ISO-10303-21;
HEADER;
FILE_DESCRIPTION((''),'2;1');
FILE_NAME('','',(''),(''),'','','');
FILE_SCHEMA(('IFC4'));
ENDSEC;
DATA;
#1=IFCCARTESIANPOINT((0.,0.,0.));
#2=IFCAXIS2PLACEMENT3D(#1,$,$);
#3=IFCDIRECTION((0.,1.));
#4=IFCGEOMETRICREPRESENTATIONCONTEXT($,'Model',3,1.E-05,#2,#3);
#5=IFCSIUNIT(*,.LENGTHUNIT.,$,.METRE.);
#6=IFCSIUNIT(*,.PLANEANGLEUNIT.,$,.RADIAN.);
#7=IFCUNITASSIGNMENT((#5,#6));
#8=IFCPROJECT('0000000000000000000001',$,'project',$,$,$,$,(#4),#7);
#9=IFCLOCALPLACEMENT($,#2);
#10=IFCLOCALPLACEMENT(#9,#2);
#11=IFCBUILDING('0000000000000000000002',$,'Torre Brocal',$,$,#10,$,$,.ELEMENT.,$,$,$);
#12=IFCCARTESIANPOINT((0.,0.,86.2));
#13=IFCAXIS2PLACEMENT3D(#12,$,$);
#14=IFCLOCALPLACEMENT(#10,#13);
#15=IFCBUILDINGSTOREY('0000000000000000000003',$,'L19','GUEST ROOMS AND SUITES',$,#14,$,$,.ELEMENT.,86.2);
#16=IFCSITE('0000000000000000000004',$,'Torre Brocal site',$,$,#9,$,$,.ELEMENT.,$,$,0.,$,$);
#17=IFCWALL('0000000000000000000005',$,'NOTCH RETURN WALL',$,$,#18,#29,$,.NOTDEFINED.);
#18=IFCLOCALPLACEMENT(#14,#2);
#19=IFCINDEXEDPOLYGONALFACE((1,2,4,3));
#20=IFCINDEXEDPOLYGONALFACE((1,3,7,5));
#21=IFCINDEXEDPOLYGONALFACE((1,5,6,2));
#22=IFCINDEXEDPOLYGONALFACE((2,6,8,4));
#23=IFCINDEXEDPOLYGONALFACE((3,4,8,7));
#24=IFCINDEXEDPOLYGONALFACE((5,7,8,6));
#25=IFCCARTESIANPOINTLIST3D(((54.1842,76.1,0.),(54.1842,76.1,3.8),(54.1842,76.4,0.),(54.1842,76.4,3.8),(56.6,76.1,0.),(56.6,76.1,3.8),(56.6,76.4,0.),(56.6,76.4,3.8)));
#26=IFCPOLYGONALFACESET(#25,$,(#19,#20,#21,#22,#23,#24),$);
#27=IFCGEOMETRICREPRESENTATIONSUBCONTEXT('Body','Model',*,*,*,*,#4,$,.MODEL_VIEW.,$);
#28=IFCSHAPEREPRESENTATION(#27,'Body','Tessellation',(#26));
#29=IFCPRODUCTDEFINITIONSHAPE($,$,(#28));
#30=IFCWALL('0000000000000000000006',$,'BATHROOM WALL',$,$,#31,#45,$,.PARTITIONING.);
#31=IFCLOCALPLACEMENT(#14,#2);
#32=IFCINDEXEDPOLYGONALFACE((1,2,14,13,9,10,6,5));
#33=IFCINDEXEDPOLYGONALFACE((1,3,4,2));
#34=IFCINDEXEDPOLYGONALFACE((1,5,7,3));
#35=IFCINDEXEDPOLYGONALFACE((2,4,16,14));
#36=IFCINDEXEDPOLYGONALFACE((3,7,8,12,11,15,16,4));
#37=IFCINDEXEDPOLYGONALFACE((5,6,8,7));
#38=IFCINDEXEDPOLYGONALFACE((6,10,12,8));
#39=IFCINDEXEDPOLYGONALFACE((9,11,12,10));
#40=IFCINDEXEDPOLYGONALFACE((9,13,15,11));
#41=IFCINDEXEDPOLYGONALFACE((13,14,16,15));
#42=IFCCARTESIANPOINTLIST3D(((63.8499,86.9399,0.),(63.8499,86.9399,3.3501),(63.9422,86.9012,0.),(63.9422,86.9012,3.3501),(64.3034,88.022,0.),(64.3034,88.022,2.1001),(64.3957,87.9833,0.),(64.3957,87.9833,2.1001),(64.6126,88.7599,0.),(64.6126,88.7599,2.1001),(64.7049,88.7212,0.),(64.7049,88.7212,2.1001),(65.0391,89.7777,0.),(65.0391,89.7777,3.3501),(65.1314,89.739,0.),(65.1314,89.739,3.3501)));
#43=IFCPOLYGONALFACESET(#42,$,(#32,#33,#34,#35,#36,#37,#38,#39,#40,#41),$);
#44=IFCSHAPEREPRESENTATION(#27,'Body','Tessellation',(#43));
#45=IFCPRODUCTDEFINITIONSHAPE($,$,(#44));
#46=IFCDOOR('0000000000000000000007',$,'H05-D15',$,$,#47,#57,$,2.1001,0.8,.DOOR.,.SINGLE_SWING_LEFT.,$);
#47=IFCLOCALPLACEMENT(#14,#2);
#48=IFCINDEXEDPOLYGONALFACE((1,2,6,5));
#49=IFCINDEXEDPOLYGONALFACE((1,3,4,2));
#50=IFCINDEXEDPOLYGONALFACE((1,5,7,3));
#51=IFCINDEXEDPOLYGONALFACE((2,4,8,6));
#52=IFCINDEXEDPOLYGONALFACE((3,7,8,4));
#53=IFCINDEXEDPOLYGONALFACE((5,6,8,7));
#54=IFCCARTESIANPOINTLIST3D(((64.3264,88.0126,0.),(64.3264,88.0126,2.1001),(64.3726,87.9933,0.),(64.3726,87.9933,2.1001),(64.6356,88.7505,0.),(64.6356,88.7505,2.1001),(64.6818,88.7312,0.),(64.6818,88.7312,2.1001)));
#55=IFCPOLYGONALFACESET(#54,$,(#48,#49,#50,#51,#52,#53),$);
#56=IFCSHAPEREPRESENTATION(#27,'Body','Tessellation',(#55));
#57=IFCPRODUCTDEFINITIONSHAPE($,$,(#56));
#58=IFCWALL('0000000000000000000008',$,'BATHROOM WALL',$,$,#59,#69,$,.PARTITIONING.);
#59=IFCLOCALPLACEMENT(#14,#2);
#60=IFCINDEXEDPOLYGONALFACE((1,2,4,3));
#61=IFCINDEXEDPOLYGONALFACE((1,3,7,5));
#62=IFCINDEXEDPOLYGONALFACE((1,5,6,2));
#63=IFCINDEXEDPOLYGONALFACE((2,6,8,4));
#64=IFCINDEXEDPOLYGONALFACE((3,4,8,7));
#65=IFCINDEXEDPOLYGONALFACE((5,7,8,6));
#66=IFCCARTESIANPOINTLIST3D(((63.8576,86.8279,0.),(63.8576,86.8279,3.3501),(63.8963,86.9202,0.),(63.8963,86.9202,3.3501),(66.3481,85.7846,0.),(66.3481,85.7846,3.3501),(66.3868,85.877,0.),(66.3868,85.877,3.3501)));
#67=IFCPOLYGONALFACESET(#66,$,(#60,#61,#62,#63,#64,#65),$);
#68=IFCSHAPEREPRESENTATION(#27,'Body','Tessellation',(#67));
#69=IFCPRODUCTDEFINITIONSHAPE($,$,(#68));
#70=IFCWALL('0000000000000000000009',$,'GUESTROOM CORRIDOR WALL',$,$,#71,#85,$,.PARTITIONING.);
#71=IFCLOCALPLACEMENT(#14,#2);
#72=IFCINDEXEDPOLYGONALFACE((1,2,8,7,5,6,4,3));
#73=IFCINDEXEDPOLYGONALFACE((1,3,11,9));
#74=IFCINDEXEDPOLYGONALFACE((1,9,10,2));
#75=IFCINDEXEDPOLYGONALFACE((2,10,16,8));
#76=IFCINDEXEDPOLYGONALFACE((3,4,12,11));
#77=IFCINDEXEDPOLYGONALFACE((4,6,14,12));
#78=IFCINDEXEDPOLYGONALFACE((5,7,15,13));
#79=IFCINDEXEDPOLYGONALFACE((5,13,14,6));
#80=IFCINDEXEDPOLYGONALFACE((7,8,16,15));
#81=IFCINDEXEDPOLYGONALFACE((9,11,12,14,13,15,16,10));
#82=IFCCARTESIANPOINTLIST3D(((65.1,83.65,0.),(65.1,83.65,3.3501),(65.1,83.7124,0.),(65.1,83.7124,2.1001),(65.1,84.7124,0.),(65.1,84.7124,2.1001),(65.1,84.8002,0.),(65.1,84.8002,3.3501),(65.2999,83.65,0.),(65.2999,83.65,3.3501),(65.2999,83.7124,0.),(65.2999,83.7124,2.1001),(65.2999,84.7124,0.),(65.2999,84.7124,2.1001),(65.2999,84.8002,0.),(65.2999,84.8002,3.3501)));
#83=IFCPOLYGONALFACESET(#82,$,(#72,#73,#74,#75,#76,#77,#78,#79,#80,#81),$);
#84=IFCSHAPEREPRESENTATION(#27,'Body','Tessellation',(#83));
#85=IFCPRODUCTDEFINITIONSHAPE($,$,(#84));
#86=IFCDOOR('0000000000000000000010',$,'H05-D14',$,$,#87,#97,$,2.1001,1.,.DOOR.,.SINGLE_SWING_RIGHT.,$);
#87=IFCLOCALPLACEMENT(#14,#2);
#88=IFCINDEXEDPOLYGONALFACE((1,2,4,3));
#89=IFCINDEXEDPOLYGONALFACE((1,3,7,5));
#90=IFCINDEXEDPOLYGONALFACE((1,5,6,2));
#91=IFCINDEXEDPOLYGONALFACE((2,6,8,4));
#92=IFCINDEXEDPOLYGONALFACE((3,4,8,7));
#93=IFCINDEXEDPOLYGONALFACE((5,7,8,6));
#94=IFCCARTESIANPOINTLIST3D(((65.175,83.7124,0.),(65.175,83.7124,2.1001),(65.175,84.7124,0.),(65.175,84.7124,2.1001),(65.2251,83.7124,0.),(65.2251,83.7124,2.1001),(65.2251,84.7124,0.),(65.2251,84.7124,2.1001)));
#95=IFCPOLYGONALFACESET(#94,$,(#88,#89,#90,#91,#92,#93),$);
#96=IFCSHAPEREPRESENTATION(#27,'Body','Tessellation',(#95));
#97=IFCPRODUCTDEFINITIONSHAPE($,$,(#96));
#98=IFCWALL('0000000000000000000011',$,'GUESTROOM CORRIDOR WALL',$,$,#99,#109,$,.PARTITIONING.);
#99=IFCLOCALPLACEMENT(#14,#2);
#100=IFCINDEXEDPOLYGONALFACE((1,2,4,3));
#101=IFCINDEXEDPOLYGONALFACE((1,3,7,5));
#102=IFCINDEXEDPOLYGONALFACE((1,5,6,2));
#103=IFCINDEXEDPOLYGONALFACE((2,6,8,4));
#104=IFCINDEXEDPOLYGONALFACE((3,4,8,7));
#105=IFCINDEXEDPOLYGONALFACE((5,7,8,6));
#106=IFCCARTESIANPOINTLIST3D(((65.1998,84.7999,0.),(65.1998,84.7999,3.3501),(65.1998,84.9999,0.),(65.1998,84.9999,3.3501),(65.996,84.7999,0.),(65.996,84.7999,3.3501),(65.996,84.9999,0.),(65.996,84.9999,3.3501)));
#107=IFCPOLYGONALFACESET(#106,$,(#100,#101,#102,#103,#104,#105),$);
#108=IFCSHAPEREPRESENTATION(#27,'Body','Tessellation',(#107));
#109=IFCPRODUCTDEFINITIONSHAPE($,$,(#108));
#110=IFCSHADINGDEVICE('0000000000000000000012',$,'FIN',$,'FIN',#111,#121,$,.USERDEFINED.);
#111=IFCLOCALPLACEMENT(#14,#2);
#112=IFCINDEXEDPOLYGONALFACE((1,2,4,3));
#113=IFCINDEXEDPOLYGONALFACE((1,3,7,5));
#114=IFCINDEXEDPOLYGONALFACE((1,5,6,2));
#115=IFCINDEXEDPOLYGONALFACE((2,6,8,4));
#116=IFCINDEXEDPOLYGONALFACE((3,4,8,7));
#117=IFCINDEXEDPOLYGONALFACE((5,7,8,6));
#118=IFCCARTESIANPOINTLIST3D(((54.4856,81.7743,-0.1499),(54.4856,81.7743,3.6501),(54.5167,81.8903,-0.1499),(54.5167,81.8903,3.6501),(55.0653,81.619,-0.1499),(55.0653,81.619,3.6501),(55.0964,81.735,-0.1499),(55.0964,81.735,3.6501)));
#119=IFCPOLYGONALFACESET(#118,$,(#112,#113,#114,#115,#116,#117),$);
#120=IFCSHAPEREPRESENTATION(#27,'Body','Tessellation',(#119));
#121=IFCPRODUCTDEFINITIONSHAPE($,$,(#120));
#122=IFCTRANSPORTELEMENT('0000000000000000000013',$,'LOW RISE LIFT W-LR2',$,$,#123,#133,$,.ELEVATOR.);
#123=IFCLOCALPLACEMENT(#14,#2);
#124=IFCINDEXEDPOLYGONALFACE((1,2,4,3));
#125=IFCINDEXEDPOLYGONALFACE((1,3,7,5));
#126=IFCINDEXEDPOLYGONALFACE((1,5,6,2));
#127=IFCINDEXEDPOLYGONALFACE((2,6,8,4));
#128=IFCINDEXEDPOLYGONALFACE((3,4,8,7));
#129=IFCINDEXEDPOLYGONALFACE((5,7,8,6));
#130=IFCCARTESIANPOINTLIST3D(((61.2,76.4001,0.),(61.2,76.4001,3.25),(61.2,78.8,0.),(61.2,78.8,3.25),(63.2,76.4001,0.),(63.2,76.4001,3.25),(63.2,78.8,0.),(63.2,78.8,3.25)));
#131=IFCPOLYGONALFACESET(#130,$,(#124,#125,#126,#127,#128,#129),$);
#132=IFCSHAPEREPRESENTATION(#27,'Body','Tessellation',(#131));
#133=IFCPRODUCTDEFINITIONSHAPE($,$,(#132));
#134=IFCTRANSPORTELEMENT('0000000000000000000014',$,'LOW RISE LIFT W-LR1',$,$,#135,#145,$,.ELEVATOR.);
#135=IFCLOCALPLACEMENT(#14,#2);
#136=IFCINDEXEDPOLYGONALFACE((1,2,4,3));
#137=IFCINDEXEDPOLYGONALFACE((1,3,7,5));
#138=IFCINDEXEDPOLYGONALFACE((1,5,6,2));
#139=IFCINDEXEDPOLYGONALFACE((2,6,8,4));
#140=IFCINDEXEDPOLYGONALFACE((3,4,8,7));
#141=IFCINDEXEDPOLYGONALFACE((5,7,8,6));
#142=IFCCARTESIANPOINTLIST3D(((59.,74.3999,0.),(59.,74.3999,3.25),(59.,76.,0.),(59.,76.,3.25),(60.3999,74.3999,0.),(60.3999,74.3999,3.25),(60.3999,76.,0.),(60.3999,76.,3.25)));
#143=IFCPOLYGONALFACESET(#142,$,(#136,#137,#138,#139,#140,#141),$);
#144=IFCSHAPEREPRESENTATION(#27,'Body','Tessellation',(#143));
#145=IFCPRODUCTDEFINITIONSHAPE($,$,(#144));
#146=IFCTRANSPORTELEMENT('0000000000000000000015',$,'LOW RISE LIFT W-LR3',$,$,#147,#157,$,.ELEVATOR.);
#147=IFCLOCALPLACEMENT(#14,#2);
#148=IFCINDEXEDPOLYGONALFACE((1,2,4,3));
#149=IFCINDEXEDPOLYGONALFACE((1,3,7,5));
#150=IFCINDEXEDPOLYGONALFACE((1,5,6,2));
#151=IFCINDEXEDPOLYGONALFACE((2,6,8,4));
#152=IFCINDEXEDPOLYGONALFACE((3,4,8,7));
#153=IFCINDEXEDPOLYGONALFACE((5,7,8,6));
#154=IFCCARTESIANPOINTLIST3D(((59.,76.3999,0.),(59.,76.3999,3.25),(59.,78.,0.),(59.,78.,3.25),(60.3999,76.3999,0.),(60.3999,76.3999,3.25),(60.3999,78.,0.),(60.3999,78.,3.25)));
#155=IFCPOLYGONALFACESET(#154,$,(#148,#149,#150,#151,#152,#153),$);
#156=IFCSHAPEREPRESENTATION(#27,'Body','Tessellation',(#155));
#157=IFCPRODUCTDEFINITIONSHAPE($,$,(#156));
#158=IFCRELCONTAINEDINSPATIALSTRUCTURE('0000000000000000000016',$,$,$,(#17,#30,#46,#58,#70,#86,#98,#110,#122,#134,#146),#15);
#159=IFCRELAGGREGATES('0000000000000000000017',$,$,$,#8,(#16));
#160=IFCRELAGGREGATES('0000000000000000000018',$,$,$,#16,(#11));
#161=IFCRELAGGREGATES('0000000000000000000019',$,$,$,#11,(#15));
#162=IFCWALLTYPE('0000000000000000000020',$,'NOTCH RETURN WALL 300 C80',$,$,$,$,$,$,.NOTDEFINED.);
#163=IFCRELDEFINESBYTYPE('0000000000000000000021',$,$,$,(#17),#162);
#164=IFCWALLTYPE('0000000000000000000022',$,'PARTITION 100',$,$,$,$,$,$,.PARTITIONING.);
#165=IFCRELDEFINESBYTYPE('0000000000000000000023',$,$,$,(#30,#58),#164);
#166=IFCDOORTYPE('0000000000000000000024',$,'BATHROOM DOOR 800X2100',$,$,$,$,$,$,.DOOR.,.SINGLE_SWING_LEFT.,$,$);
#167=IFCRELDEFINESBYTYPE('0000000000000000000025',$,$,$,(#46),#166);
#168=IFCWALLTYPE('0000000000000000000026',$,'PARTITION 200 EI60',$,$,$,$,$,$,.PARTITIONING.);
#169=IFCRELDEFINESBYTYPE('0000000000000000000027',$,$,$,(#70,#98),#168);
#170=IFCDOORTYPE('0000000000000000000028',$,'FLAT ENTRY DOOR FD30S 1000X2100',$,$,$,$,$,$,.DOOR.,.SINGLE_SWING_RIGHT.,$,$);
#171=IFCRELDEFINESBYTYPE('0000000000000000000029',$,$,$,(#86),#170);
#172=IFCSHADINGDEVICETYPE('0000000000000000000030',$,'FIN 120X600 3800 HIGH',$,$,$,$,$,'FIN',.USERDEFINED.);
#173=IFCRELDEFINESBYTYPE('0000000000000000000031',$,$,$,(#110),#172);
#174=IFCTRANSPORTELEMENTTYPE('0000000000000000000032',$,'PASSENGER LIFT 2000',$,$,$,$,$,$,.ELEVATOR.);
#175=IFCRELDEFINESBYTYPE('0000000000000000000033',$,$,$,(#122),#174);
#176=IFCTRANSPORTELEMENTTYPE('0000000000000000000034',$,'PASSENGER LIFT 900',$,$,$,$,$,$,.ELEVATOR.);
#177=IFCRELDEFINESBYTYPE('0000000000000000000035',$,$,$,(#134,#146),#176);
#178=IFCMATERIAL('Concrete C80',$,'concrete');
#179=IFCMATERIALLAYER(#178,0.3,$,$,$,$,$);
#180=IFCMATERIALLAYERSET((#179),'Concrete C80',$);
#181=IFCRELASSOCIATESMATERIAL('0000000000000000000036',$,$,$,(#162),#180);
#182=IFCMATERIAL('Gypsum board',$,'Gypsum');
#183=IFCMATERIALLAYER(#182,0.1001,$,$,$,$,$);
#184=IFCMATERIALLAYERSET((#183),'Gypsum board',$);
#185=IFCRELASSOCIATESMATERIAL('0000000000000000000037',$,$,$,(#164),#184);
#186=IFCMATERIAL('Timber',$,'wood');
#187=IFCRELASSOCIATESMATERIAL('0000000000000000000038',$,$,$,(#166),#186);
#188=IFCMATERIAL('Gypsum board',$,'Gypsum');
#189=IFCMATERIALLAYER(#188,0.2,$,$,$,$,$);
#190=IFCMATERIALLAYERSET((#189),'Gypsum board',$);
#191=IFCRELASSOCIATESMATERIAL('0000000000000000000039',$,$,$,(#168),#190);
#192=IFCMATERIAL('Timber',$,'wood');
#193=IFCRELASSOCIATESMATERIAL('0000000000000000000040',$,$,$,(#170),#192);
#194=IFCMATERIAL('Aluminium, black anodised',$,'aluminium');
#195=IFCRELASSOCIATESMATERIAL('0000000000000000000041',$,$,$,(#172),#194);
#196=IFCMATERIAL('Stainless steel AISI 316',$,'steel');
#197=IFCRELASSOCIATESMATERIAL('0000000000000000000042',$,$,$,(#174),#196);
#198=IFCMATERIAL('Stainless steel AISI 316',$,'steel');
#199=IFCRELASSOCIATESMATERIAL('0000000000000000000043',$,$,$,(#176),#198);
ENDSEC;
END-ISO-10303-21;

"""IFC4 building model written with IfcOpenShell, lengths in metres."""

from ifc_helpers import new_model, si_unit, direction, frame, frame_2d, origin, origin_2d, place, context, subcontext, project, spatial, rectangle, extrude, material, layer, layer_set, material_profile, profile_set, type_object, element, fill, save


model = new_model("IFC4")

# Units and contexts
model_context = context("Model", 3, precision=1e-05, world=origin(), true_north=direction((0.0, 1.0)))
body_context = subcontext(model_context, "Body", "Model", "MODEL_VIEW")
ifc_project = project(units=[si_unit("LENGTHUNIT", "METRE"), si_unit("PLANEANGLEUNIT", "RADIAN")], contexts=[model_context])

# Site, building, storey
site_placement = place(None, origin())
site = spatial("IfcSite", under=ifc_project, at=site_placement, Name="Torre Brocal site", CompositionType="ELEMENT", RefElevation=0.0)
building_placement = place(site_placement, origin())
building = spatial("IfcBuilding", under=site, at=building_placement, Name="Torre Brocal", CompositionType="ELEMENT")
storey_placement = place(building_placement, frame((0.0, 0.0, 86.2)))
storey = spatial("IfcBuildingStorey", under=building, at=storey_placement, Name="L19", Description="GUEST ROOMS AND SUITES", CompositionType="ELEMENT", Elevation=86.2)

# Wall
ifc_material_1 = material(Name="Concrete C80", Category="concrete")
ifc_layer_1 = layer(ifc_material_1, 0.3)
ifc_layer_set_1 = layer_set([ifc_layer_1], Name="Concrete C80")
wall_type_1 = type_object("IfcWallType", Name="NOTCH RETURN WALL 300 C80", PredefinedType="NOTDEFINED", material=ifc_layer_set_1)
wall_1_placement = place(storey_placement, frame((56.6001, 76.25, 0.0), z_axis=(0.0, 0.0, 1.0), x_axis=(-1.0, 0.0, 0.0)))
element("IfcWall", 1, at=wall_1_placement, inside=storey, type_object=wall_type_1, Name="NOTCH RETURN WALL", PredefinedType="NOTDEFINED", context=body_context, shape_type="SweptSolid", body=[
    extrude(rectangle(XDim=2.4158, YDim=0.3, at=frame_2d((1.208, 0.0))), origin(), (0.0, 0.0, 1.0), 3.8),
])

# Wall, opening, door
ifc_material_2 = material(Name="Gypsum board", Category="Gypsum")
ifc_layer_2 = layer(ifc_material_2, 0.1001)
ifc_layer_set_2 = layer_set([ifc_layer_2], Name="Gypsum board")
wall_type_2 = type_object("IfcWallType", Name="PARTITION 100", PredefinedType="PARTITIONING", material=ifc_layer_set_2)
wall_2_placement = place(storey_placement, frame((63.896, 86.9204, 0.0), z_axis=(0.0, 0.0, 1.0), x_axis=(0.386485, 0.922296, 0.0)))
wall_2 = element("IfcWall", 2, at=wall_2_placement, inside=storey, type_object=wall_type_2, Name="BATHROOM WALL", PredefinedType="PARTITIONING", context=body_context, shape_type="SweptSolid", body=[
    extrude(rectangle(XDim=3.0769, YDim=0.1001, at=frame_2d((1.5386, 0.0))), origin(), (0.0, 0.0, 1.0), 3.3501),
])
opening_1_placement = place(wall_2_placement, frame((1.1736, 0.0, 0.0)))
opening_1 = element("IfcOpeningElement", 3, at=opening_1_placement, cuts=wall_2, PredefinedType="OPENING", context=body_context, shape_type="SweptSolid", body=[
    extrude(rectangle(XDim=0.8, YDim=2.1001, at=frame_2d((0.3999, 1.05))), frame((0.0, 0.0601, 0.0), z_axis=(0.0, -1.0, 0.0), x_axis=(1.0, 0.0, 0.0)), (0.0, 0.0, 1.0), 0.1201),
])
ifc_material_3 = material(Name="Timber", Category="wood")
door_type_1 = type_object("IfcDoorType", Name="BATHROOM DOOR 800X2100", OperationType="SINGLE_SWING_LEFT", PredefinedType="DOOR", material=ifc_material_3)
door_1_placement = place(opening_1_placement, frame((0.8, 0.0, 0.0), z_axis=(0.0, 0.0, 1.0), x_axis=(-1.0, 0.0, 0.0)))
door_1 = element("IfcDoor", 4, at=door_1_placement, inside=storey, type_object=door_type_1, Name="H05-D15", OperationType="SINGLE_SWING_LEFT", OverallHeight=2.1001, OverallWidth=0.8, PredefinedType="DOOR", context=body_context, shape_type="SweptSolid", body=[
    extrude(rectangle(XDim=0.8, YDim=2.1001, at=frame_2d((0.3999, 1.05))), frame((0.0, 0.0249, 0.0), z_axis=(0.0, -1.0, 0.0), x_axis=(1.0, 0.0, 0.0)), (0.0, 0.0, 1.0), 0.05),
])
fill(opening_1, door_1)

# Wall
wall_3_placement = place(storey_placement, frame((63.877, 86.874, 0.0), z_axis=(0.0, 0.0, 1.0), x_axis=(0.92235, -0.386355, 0.0)))
element("IfcWall", 5, at=wall_3_placement, inside=storey, type_object=wall_type_2, Name="BATHROOM WALL", PredefinedType="PARTITIONING", context=body_context, shape_type="SweptSolid", body=[
    extrude(rectangle(XDim=2.7002, YDim=0.1001, at=frame_2d((1.3501, 0.0))), origin(), (0.0, 0.0, 1.0), 3.3501),
])

# Wall, opening, door
ifc_material_4 = material(Name="Gypsum board", Category="Gypsum")
ifc_layer_3 = layer(ifc_material_4, 0.2)
ifc_layer_set_3 = layer_set([ifc_layer_3], Name="Gypsum board")
wall_type_3 = type_object("IfcWallType", Name="PARTITION 200 EI60", PredefinedType="PARTITIONING", material=ifc_layer_set_3)
wall_4_placement = place(storey_placement, frame((65.2, 83.6499, 0.0), z_axis=(0.0, 0.0, 1.0), x_axis=(0.0, 1.0, 0.0)))
wall_4 = element("IfcWall", 6, at=wall_4_placement, inside=storey, type_object=wall_type_3, Name="GUESTROOM CORRIDOR WALL", PredefinedType="PARTITIONING", context=body_context, shape_type="SweptSolid", body=[
    extrude(rectangle(XDim=1.1501, YDim=0.2, at=frame_2d((0.5752, 0.0))), origin(), (0.0, 0.0, 1.0), 3.3501),
])
opening_2_placement = place(wall_4_placement, frame((0.0625, 0.0, 0.0)))
opening_2 = element("IfcOpeningElement", 7, at=opening_2_placement, cuts=wall_4, PredefinedType="OPENING", context=body_context, shape_type="SweptSolid", body=[
    extrude(rectangle(XDim=1.0, YDim=2.1001, at=frame_2d((0.5, 1.05))), frame((0.0, 0.1099, 0.0), z_axis=(0.0, -1.0, 0.0), x_axis=(1.0, 0.0, 0.0)), (0.0, 0.0, 1.0), 0.22),
])
ifc_material_5 = material(Name="Timber", Category="wood")
door_type_2 = type_object("IfcDoorType", Name="FLAT ENTRY DOOR FD30S 1000X2100", OperationType="SINGLE_SWING_RIGHT", PredefinedType="DOOR", material=ifc_material_5)
door_2_placement = place(opening_2_placement, origin())
door_2 = element("IfcDoor", 8, at=door_2_placement, inside=storey, type_object=door_type_2, Name="H05-D14", OperationType="SINGLE_SWING_RIGHT", OverallHeight=2.1001, OverallWidth=1.0, PredefinedType="DOOR", context=body_context, shape_type="SweptSolid", body=[
    extrude(rectangle(XDim=1.0, YDim=2.1001, at=frame_2d((0.5, 1.05))), frame((0.0, 0.0249, 0.0), z_axis=(0.0, -1.0, 0.0), x_axis=(1.0, 0.0, 0.0)), (0.0, 0.0, 1.0), 0.05),
])
fill(opening_2, door_2)

# Wall
wall_5_placement = place(storey_placement, frame((65.2, 84.8999, 0.0), z_axis=(0.0, 0.0, 1.0), x_axis=(1.0, 0.0, 0.0)))
element("IfcWall", 9, at=wall_5_placement, inside=storey, type_object=wall_type_3, Name="GUESTROOM CORRIDOR WALL", PredefinedType="PARTITIONING", context=body_context, shape_type="SweptSolid", body=[
    extrude(rectangle(XDim=0.7961, YDim=0.2, at=frame_2d((0.3979, 0.0))), origin(), (0.0, 0.0, 1.0), 3.3501),
])

# Shading device
ifc_material_6 = material(Name="Aluminium, black anodised", Category="aluminium")
ifc_material_profile_1 = material_profile(ifc_material_6, rectangle(XDim=0.1201, YDim=0.6001, at=origin_2d()), Name="FIN 120X600 3800 HIGH")
ifc_profile_set_1 = profile_set([ifc_material_profile_1], Name="Aluminium, black anodised")
shading_device_type = type_object("IfcShadingDeviceType", Name="FIN 120X600 3800 HIGH", ElementType="FIN", PredefinedType="USERDEFINED", material=ifc_profile_set_1)
shading_device_placement = place(storey_placement, frame((54.791, 81.7546, -0.1499), z_axis=(0.0, 0.0, 1.0), x_axis=(-0.258819, -0.965926, 0.0)))
element("IfcShadingDevice", 10, at=shading_device_placement, inside=storey, type_object=shading_device_type, Name="FIN", ObjectType="FIN", PredefinedType="USERDEFINED", context=body_context, shape_type="SweptSolid", body=[
    extrude(rectangle(XDim=0.1201, YDim=0.6001, at=origin_2d()), origin(), (0.0, 0.0, 1.0), 3.8),
])

# Transport elements
ifc_material_7 = material(Name="Stainless steel AISI 316", Category="steel")
transport_element_type_1 = type_object("IfcTransportElementType", Name="PASSENGER LIFT 2000", PredefinedType="ELEVATOR", material=ifc_material_7)
transport_element_placement = place(storey_placement, frame((62.2, 77.6001, 0.0), z_axis=(0.0, 0.0, 1.0), x_axis=(1.0, 0.0, 0.0)))
element("IfcTransportElement", 11, at=transport_element_placement, inside=storey, type_object=transport_element_type_1, Name="LOW RISE LIFT W-LR2", PredefinedType="ELEVATOR", context=body_context, shape_type="SweptSolid", body=[
    extrude(rectangle(XDim=2.0, YDim=2.3999, at=origin_2d()), origin(), (0.0, 0.0, 1.0), 3.25),
])
ifc_material_8 = material(Name="Stainless steel AISI 316", Category="steel")
transport_element_type_2 = type_object("IfcTransportElementType", Name="PASSENGER LIFT 900", PredefinedType="ELEVATOR", material=ifc_material_8)
for number, where, z_axis, x_axis, name in (
    (12, (59.7, 75.2, 0.0), (0.0, 0.0, 1.0), (1.0, 0.0, 0.0), "LOW RISE LIFT W-LR1"),
    (13, (59.7, 77.2, 0.0), (0.0, 0.0, 1.0), (1.0, 0.0, 0.0), "LOW RISE LIFT W-LR3"),
):
    element("IfcTransportElement", number, at=place(storey_placement, frame(where, z_axis=z_axis, x_axis=x_axis)), inside=storey, type_object=transport_element_type_2, Name=name, PredefinedType="ELEVATOR", context=body_context, shape_type="SweptSolid", body=[
        extrude(rectangle(XDim=1.3999, YDim=1.6001, at=origin_2d()), origin(), (0.0, 0.0, 1.0), 3.25),
    ])

save(model, "model.ifc")
